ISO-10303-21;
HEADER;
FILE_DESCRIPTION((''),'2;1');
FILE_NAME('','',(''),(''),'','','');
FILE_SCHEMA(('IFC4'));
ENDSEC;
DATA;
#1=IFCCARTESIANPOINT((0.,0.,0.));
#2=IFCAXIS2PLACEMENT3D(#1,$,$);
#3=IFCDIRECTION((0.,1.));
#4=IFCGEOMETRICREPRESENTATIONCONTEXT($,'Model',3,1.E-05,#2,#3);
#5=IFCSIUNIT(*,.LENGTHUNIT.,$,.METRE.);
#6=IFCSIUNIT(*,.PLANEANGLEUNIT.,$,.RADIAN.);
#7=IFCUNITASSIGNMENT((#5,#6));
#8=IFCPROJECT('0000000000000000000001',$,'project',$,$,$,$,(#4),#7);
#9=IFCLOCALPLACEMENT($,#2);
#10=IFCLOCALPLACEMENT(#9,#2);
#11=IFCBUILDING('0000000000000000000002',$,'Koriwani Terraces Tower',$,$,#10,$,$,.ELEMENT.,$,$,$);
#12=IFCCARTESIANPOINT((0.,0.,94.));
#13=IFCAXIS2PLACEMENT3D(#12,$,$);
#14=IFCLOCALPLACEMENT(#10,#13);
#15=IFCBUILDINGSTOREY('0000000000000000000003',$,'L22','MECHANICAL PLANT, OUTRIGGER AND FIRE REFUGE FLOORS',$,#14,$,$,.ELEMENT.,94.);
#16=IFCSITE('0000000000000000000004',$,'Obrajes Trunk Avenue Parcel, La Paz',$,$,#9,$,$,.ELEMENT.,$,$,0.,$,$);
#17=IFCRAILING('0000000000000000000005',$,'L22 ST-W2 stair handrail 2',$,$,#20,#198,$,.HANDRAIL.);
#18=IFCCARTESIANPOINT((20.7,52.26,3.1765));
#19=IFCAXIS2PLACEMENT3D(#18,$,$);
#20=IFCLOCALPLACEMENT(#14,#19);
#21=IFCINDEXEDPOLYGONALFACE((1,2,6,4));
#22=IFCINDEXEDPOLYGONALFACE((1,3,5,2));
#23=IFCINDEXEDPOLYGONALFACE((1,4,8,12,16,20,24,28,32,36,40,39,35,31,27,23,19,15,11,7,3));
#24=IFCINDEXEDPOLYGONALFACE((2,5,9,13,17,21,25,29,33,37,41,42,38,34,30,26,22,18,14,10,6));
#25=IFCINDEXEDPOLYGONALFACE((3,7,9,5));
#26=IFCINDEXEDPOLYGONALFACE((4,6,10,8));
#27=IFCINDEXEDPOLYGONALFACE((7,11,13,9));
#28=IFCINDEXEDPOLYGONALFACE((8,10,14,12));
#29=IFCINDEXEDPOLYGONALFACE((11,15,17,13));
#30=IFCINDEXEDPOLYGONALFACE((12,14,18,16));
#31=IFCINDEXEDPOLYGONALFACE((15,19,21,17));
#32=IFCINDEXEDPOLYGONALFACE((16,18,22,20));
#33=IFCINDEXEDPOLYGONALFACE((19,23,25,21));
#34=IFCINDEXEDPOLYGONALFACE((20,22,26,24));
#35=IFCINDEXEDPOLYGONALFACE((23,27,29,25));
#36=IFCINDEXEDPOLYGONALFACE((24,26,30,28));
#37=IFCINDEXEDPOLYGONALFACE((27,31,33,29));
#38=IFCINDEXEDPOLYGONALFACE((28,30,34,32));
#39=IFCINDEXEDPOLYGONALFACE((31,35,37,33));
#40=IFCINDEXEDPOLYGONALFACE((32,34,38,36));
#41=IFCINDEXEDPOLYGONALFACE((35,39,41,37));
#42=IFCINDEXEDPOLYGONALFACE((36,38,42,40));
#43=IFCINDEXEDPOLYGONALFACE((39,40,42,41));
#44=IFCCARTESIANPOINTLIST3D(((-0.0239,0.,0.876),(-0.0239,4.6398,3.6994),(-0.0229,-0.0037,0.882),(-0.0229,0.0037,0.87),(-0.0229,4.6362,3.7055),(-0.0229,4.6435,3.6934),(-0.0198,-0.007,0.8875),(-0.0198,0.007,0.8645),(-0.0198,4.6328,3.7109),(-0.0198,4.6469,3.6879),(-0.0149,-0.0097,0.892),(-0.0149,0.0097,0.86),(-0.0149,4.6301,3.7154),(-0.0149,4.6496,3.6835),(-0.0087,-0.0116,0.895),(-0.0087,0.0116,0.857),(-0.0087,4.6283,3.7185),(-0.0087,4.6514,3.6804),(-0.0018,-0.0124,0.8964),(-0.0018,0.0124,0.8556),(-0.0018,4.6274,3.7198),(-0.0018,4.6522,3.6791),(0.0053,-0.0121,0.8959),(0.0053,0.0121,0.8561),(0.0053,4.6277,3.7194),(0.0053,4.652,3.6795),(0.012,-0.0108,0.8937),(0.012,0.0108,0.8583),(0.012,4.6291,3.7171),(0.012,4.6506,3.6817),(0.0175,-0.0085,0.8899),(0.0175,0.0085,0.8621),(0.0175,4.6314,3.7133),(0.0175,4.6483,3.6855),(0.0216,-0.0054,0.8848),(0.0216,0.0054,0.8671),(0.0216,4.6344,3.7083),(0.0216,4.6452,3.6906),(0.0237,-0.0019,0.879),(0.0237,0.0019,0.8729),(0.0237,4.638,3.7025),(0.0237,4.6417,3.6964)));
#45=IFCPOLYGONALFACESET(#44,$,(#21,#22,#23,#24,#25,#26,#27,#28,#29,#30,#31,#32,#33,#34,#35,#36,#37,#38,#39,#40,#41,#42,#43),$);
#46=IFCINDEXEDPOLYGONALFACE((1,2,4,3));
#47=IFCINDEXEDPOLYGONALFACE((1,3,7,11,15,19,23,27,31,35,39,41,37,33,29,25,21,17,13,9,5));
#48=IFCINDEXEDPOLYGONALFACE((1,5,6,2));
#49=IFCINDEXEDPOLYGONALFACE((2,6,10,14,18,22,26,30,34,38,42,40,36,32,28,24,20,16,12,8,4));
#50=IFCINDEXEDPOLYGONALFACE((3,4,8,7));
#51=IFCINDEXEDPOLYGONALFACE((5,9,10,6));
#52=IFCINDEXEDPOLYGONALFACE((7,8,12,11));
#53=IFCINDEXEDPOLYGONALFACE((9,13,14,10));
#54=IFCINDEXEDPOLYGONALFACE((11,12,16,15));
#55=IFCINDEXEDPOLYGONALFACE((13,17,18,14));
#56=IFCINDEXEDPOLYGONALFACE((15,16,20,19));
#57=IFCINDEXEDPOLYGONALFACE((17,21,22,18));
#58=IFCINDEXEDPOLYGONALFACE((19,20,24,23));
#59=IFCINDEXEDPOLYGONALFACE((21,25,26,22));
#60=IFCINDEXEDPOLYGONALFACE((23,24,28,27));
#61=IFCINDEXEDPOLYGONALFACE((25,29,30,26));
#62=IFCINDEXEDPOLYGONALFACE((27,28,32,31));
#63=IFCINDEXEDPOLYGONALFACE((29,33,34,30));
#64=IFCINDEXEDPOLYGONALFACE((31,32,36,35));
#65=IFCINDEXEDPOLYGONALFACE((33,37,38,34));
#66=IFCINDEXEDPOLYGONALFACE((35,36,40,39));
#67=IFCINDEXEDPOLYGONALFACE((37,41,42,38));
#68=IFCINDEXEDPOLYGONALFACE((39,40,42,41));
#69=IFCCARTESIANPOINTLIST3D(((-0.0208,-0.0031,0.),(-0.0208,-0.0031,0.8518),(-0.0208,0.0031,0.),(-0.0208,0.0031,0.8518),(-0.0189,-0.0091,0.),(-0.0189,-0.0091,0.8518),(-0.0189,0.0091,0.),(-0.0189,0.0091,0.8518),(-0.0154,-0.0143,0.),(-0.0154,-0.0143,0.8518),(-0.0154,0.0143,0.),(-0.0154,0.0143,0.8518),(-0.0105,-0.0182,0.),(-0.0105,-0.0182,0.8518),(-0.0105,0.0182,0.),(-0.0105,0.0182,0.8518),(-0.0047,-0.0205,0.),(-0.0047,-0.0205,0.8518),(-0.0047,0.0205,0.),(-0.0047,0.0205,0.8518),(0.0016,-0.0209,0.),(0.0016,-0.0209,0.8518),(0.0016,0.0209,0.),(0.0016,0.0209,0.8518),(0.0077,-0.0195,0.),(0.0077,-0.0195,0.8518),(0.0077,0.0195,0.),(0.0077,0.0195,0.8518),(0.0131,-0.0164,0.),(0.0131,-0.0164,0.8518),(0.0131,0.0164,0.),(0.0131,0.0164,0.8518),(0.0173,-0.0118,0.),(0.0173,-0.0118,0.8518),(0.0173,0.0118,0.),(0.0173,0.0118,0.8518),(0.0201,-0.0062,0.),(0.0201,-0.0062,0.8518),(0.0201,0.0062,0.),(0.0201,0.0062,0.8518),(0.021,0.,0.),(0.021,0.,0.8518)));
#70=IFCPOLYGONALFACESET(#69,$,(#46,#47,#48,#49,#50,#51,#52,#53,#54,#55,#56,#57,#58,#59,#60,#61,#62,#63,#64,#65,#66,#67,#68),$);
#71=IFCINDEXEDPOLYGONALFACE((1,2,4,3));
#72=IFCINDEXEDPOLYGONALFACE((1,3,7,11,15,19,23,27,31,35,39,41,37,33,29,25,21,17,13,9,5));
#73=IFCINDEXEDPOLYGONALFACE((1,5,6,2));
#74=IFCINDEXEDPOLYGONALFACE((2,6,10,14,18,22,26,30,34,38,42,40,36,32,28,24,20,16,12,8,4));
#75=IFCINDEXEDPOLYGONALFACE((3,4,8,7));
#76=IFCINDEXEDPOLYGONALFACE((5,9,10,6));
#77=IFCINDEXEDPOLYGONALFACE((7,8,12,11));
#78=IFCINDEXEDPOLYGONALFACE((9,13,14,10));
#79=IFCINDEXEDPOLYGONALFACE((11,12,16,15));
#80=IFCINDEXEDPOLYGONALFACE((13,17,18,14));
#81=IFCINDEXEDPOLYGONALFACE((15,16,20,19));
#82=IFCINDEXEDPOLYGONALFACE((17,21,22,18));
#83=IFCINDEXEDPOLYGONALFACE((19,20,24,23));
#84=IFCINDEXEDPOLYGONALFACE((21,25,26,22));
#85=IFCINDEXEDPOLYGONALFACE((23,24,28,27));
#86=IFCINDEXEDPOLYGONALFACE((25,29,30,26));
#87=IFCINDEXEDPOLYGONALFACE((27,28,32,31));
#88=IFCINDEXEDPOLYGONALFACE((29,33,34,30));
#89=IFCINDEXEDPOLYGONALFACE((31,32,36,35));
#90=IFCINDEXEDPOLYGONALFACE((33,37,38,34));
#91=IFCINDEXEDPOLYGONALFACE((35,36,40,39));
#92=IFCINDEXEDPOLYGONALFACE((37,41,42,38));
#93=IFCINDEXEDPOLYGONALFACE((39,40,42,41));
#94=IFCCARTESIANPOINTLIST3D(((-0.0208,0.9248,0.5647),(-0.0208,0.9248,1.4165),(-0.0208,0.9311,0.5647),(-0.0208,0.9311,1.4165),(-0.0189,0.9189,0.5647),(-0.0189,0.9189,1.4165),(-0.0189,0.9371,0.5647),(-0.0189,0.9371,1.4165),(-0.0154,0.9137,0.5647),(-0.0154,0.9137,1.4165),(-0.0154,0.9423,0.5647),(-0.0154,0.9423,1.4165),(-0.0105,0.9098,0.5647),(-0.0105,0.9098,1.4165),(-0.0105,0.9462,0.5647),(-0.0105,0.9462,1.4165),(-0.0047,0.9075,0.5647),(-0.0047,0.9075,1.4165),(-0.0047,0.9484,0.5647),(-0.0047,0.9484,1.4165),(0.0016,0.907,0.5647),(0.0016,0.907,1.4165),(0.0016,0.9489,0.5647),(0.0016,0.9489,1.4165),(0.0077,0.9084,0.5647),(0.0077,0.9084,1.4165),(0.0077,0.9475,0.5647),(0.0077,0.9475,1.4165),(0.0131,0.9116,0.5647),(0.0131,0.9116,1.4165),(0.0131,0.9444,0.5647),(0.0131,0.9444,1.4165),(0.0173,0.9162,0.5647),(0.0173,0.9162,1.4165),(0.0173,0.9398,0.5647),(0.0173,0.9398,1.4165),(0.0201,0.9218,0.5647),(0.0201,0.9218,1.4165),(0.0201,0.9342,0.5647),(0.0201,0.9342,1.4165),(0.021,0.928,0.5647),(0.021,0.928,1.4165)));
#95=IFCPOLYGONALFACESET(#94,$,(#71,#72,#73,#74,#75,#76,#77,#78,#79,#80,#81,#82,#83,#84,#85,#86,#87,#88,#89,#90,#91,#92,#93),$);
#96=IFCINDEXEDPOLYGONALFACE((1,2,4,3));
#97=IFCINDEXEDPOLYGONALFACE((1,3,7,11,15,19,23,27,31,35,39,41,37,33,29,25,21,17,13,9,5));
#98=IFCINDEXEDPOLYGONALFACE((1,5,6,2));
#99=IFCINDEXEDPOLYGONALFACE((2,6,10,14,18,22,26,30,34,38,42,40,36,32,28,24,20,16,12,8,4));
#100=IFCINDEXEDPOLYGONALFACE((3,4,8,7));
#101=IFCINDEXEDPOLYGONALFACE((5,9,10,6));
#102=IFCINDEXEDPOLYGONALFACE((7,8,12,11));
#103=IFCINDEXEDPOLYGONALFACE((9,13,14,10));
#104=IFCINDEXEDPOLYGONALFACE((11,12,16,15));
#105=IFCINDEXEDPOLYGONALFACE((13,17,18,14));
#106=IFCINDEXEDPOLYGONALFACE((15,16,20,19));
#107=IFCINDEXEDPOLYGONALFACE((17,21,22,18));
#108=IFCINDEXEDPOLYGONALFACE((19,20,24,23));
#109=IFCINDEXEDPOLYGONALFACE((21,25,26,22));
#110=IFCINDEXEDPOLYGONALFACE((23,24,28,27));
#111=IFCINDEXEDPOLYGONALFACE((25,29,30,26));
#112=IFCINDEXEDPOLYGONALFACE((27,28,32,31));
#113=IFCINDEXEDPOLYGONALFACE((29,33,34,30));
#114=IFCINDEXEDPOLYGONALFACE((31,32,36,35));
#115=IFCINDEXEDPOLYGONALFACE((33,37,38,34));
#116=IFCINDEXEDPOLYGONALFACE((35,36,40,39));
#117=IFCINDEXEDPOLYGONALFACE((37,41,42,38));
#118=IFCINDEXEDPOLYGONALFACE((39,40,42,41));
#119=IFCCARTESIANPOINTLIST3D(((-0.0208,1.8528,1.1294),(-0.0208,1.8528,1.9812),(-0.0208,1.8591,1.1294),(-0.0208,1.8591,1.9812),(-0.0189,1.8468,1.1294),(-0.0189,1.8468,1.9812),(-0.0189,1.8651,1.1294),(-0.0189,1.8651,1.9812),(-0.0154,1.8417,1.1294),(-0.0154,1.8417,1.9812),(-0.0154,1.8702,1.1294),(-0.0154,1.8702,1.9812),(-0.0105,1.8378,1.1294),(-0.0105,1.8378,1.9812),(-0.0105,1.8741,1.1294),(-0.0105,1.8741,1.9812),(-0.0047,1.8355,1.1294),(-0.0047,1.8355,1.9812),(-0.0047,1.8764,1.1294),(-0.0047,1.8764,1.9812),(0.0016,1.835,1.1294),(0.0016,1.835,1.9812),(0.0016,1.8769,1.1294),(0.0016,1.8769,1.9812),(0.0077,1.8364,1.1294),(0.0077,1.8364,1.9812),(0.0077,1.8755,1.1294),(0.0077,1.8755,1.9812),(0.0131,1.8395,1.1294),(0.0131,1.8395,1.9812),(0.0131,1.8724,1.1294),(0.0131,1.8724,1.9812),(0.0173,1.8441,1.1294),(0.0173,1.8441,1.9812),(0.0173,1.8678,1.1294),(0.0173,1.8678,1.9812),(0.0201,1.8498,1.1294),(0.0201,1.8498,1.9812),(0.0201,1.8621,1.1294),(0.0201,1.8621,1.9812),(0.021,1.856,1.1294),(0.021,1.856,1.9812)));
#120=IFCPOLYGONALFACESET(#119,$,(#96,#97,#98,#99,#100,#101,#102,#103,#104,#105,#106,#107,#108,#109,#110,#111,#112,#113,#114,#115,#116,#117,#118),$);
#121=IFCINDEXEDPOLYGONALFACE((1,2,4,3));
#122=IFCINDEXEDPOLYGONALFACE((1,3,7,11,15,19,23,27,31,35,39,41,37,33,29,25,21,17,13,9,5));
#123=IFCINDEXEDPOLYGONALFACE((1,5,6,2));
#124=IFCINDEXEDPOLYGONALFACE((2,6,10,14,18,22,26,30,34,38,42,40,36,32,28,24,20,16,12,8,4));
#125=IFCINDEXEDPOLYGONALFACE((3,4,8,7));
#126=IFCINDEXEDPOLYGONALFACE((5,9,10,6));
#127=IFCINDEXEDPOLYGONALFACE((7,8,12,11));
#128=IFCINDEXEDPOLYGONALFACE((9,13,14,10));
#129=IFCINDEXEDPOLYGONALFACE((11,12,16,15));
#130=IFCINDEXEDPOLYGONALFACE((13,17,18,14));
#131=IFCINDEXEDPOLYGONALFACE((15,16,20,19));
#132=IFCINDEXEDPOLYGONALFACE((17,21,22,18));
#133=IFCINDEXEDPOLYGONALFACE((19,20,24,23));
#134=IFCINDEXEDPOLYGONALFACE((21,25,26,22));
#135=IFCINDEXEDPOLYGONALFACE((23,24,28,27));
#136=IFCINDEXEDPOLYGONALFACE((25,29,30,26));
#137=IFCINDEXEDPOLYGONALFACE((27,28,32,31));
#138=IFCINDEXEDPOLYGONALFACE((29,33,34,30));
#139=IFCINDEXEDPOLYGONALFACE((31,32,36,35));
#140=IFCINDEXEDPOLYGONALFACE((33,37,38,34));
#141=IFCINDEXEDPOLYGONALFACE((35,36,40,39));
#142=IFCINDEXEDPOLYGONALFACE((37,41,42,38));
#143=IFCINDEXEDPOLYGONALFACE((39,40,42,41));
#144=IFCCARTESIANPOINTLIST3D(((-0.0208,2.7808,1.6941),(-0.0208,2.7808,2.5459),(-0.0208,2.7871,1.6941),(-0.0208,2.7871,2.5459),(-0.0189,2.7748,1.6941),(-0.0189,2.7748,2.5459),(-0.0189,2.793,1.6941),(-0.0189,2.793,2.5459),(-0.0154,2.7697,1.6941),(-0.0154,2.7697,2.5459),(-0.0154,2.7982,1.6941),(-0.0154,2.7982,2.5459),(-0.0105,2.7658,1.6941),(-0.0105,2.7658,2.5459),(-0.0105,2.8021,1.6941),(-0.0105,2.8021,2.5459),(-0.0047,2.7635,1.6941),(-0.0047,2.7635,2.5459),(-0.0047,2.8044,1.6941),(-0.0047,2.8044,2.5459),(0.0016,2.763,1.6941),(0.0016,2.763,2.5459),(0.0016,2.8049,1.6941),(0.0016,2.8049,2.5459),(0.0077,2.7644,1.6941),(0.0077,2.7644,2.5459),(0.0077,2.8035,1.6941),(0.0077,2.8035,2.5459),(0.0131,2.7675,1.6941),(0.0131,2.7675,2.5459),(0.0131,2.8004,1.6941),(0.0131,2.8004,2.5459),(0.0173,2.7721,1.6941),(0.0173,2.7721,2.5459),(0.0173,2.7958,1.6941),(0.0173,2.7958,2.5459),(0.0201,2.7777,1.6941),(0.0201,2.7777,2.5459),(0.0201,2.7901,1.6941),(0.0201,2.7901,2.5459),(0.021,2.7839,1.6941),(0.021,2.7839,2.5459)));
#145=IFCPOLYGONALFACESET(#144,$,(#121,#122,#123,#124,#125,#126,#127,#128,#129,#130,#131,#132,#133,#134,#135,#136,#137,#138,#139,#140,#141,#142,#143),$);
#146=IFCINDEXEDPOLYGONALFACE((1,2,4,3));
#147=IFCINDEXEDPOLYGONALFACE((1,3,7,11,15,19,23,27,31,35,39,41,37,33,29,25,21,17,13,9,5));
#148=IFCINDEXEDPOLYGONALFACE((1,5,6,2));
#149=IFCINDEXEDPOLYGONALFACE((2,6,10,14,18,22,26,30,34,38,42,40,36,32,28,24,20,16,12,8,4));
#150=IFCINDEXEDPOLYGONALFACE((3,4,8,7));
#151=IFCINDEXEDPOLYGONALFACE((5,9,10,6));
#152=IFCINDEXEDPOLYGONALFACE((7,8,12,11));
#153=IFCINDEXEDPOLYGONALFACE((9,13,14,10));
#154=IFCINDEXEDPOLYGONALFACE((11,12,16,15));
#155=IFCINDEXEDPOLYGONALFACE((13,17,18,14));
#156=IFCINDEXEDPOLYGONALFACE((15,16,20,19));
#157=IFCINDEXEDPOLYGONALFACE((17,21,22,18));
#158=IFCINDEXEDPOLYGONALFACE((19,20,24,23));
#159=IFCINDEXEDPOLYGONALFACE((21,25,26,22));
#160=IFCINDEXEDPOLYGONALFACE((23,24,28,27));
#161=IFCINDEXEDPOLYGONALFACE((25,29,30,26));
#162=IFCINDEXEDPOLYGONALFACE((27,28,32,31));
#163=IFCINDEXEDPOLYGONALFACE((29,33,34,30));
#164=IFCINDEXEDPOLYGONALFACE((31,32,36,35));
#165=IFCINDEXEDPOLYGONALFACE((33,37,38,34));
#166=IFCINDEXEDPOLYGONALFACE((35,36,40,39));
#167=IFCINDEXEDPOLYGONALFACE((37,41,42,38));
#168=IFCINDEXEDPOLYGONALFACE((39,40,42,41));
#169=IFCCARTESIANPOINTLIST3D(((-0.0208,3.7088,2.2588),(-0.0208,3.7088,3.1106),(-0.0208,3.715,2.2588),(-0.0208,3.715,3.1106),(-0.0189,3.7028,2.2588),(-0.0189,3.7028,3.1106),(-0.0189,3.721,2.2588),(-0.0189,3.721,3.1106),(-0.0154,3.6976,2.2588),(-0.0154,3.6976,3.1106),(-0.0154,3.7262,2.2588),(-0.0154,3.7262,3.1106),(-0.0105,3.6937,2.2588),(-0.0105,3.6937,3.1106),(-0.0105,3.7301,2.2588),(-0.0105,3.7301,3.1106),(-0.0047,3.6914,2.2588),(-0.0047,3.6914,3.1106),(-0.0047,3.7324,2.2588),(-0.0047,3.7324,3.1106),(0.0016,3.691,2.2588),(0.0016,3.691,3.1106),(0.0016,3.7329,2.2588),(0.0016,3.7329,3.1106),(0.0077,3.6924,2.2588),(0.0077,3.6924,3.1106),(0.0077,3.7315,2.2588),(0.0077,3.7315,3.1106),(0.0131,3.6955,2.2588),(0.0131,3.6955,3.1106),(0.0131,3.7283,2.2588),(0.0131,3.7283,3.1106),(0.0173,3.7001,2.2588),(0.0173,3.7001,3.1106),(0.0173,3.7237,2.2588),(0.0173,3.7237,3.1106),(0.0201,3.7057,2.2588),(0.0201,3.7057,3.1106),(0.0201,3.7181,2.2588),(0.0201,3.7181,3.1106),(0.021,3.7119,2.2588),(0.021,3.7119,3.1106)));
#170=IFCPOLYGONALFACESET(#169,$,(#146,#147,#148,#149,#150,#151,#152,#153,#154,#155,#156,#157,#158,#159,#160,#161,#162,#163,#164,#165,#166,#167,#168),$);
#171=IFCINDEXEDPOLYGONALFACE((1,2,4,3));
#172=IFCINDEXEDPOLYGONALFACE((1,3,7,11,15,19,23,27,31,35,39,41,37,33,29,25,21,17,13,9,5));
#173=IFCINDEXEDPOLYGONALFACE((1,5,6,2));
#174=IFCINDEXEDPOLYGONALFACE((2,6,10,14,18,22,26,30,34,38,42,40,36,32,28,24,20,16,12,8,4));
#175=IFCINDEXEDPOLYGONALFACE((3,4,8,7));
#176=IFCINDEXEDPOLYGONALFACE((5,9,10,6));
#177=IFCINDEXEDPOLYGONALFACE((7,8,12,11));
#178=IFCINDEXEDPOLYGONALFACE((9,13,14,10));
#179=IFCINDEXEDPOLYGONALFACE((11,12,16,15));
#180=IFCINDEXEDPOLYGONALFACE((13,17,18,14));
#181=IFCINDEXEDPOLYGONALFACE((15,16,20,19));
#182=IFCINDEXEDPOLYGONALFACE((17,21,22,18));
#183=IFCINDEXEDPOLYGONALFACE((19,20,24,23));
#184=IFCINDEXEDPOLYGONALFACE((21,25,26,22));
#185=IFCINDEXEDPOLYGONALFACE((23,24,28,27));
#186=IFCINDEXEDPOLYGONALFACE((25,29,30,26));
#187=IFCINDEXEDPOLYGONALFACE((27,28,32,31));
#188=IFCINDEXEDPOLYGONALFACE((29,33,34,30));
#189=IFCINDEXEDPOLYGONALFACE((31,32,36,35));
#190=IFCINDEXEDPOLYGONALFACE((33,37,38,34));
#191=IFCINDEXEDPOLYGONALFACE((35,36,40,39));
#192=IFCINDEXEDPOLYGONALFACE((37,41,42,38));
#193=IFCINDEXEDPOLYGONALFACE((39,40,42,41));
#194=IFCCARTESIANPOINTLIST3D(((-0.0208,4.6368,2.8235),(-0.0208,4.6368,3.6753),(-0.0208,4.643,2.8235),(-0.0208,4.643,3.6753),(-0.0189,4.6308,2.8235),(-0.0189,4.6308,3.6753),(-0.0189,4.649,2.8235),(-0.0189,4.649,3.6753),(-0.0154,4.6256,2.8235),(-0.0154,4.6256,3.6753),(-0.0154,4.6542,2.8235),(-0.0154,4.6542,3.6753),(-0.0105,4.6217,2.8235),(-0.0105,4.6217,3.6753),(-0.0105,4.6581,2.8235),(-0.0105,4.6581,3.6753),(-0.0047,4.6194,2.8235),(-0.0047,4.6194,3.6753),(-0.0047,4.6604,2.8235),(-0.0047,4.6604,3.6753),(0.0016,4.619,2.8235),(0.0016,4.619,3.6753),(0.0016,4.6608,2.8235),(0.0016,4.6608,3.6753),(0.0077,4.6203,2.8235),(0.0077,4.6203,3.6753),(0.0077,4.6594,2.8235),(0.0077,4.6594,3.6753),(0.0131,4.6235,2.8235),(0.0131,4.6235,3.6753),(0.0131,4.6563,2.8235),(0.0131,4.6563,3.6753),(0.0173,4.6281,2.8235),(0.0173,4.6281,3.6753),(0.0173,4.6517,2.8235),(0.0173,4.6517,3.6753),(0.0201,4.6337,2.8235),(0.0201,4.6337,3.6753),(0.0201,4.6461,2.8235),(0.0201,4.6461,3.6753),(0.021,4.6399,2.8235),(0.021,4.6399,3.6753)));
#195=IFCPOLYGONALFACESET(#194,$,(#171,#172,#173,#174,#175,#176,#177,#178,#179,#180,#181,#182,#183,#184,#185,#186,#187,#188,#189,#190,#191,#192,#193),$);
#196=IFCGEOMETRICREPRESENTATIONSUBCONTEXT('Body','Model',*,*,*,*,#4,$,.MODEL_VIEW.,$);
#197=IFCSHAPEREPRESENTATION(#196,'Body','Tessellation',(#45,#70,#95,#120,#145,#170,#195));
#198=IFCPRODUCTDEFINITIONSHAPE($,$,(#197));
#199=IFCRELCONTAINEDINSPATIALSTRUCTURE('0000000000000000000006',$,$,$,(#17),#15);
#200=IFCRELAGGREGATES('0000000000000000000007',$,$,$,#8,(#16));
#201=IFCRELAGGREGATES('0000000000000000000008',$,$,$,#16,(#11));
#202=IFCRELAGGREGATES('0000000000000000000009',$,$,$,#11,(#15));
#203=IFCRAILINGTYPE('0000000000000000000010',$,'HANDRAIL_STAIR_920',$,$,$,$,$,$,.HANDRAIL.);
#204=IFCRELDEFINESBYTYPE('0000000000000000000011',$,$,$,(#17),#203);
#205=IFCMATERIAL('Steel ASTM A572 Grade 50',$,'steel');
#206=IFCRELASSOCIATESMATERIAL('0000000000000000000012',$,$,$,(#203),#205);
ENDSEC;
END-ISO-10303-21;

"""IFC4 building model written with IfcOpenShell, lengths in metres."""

from ifc_helpers import new_model, si_unit, direction, frame, origin, origin_2d, place, context, subcontext, project, spatial, circle, extrude, material, type_object, element, save


model = new_model("IFC4")

# Units and contexts
model_context = context("Model", 3, precision=1e-05, world=origin(), true_north=direction((0.0, 1.0)))
body_context = subcontext(model_context, "Body", "Model", "MODEL_VIEW")
ifc_project = project(units=[si_unit("LENGTHUNIT", "METRE"), si_unit("PLANEANGLEUNIT", "RADIAN")], contexts=[model_context])

# Site, building, storey
site_placement = place(None, origin())
site = spatial("IfcSite", under=ifc_project, at=site_placement, Name="Obrajes Trunk Avenue Parcel, La Paz", CompositionType="ELEMENT", RefElevation=0.0)
building_placement = place(site_placement, origin())
building = spatial("IfcBuilding", under=site, at=building_placement, Name="Koriwani Terraces Tower", CompositionType="ELEMENT")
storey_placement = place(building_placement, frame((0.0, 0.0, 94.0)))
storey = spatial("IfcBuildingStorey", under=building, at=storey_placement, Name="L22", Description="MECHANICAL PLANT, OUTRIGGER AND FIRE REFUGE FLOORS", CompositionType="ELEMENT", Elevation=94.0)

# Shared definitions
ifc_material_1 = material(Name="Steel ASTM A572 Grade 50", Category="steel")

# Railing
railing_type_1 = type_object("IfcRailingType", Name="HANDRAIL_STAIR_920", PredefinedType="HANDRAIL", material=ifc_material_1)
railing_1_placement = place(storey_placement, frame((20.7, 52.26, 3.1765)))
element("IfcRailing", 1, at=railing_1_placement, inside=storey, type_object=railing_type_1, Name="L22 ST-W2 stair handrail 2", PredefinedType="HANDRAIL", context=body_context, shape_type="SweptSolid", body=[
    extrude(circle(Radius=0.0239, at=origin_2d()), frame((0.0, 0.0, 0.876), z_axis=(0.0, 0.854264, 0.51984), x_axis=(-1.0, 0.0, 0.0)), (0.0, 0.0, 1.0), 5.4314),
    extrude(circle(Radius=0.021, at=origin_2d()), origin(), (0.0, 0.0, 1.0), 0.8518),
    extrude(circle(Radius=0.021, at=origin_2d()), frame((0.0, 0.928, 0.5647)), (0.0, 0.0, 1.0), 0.8518),
    extrude(circle(Radius=0.021, at=origin_2d()), frame((0.0, 1.856, 1.1294)), (0.0, 0.0, 1.0), 0.8518),
    extrude(circle(Radius=0.021, at=origin_2d()), frame((0.0, 2.7839, 1.6941)), (0.0, 0.0, 1.0), 0.8518),
    extrude(circle(Radius=0.021, at=origin_2d()), frame((0.0, 3.7119, 2.2588)), (0.0, 0.0, 1.0), 0.8518),
    extrude(circle(Radius=0.021, at=origin_2d()), frame((0.0, 4.6399, 2.8235)), (0.0, 0.0, 1.0), 0.8518),
])

save(model, "model.ifc")
